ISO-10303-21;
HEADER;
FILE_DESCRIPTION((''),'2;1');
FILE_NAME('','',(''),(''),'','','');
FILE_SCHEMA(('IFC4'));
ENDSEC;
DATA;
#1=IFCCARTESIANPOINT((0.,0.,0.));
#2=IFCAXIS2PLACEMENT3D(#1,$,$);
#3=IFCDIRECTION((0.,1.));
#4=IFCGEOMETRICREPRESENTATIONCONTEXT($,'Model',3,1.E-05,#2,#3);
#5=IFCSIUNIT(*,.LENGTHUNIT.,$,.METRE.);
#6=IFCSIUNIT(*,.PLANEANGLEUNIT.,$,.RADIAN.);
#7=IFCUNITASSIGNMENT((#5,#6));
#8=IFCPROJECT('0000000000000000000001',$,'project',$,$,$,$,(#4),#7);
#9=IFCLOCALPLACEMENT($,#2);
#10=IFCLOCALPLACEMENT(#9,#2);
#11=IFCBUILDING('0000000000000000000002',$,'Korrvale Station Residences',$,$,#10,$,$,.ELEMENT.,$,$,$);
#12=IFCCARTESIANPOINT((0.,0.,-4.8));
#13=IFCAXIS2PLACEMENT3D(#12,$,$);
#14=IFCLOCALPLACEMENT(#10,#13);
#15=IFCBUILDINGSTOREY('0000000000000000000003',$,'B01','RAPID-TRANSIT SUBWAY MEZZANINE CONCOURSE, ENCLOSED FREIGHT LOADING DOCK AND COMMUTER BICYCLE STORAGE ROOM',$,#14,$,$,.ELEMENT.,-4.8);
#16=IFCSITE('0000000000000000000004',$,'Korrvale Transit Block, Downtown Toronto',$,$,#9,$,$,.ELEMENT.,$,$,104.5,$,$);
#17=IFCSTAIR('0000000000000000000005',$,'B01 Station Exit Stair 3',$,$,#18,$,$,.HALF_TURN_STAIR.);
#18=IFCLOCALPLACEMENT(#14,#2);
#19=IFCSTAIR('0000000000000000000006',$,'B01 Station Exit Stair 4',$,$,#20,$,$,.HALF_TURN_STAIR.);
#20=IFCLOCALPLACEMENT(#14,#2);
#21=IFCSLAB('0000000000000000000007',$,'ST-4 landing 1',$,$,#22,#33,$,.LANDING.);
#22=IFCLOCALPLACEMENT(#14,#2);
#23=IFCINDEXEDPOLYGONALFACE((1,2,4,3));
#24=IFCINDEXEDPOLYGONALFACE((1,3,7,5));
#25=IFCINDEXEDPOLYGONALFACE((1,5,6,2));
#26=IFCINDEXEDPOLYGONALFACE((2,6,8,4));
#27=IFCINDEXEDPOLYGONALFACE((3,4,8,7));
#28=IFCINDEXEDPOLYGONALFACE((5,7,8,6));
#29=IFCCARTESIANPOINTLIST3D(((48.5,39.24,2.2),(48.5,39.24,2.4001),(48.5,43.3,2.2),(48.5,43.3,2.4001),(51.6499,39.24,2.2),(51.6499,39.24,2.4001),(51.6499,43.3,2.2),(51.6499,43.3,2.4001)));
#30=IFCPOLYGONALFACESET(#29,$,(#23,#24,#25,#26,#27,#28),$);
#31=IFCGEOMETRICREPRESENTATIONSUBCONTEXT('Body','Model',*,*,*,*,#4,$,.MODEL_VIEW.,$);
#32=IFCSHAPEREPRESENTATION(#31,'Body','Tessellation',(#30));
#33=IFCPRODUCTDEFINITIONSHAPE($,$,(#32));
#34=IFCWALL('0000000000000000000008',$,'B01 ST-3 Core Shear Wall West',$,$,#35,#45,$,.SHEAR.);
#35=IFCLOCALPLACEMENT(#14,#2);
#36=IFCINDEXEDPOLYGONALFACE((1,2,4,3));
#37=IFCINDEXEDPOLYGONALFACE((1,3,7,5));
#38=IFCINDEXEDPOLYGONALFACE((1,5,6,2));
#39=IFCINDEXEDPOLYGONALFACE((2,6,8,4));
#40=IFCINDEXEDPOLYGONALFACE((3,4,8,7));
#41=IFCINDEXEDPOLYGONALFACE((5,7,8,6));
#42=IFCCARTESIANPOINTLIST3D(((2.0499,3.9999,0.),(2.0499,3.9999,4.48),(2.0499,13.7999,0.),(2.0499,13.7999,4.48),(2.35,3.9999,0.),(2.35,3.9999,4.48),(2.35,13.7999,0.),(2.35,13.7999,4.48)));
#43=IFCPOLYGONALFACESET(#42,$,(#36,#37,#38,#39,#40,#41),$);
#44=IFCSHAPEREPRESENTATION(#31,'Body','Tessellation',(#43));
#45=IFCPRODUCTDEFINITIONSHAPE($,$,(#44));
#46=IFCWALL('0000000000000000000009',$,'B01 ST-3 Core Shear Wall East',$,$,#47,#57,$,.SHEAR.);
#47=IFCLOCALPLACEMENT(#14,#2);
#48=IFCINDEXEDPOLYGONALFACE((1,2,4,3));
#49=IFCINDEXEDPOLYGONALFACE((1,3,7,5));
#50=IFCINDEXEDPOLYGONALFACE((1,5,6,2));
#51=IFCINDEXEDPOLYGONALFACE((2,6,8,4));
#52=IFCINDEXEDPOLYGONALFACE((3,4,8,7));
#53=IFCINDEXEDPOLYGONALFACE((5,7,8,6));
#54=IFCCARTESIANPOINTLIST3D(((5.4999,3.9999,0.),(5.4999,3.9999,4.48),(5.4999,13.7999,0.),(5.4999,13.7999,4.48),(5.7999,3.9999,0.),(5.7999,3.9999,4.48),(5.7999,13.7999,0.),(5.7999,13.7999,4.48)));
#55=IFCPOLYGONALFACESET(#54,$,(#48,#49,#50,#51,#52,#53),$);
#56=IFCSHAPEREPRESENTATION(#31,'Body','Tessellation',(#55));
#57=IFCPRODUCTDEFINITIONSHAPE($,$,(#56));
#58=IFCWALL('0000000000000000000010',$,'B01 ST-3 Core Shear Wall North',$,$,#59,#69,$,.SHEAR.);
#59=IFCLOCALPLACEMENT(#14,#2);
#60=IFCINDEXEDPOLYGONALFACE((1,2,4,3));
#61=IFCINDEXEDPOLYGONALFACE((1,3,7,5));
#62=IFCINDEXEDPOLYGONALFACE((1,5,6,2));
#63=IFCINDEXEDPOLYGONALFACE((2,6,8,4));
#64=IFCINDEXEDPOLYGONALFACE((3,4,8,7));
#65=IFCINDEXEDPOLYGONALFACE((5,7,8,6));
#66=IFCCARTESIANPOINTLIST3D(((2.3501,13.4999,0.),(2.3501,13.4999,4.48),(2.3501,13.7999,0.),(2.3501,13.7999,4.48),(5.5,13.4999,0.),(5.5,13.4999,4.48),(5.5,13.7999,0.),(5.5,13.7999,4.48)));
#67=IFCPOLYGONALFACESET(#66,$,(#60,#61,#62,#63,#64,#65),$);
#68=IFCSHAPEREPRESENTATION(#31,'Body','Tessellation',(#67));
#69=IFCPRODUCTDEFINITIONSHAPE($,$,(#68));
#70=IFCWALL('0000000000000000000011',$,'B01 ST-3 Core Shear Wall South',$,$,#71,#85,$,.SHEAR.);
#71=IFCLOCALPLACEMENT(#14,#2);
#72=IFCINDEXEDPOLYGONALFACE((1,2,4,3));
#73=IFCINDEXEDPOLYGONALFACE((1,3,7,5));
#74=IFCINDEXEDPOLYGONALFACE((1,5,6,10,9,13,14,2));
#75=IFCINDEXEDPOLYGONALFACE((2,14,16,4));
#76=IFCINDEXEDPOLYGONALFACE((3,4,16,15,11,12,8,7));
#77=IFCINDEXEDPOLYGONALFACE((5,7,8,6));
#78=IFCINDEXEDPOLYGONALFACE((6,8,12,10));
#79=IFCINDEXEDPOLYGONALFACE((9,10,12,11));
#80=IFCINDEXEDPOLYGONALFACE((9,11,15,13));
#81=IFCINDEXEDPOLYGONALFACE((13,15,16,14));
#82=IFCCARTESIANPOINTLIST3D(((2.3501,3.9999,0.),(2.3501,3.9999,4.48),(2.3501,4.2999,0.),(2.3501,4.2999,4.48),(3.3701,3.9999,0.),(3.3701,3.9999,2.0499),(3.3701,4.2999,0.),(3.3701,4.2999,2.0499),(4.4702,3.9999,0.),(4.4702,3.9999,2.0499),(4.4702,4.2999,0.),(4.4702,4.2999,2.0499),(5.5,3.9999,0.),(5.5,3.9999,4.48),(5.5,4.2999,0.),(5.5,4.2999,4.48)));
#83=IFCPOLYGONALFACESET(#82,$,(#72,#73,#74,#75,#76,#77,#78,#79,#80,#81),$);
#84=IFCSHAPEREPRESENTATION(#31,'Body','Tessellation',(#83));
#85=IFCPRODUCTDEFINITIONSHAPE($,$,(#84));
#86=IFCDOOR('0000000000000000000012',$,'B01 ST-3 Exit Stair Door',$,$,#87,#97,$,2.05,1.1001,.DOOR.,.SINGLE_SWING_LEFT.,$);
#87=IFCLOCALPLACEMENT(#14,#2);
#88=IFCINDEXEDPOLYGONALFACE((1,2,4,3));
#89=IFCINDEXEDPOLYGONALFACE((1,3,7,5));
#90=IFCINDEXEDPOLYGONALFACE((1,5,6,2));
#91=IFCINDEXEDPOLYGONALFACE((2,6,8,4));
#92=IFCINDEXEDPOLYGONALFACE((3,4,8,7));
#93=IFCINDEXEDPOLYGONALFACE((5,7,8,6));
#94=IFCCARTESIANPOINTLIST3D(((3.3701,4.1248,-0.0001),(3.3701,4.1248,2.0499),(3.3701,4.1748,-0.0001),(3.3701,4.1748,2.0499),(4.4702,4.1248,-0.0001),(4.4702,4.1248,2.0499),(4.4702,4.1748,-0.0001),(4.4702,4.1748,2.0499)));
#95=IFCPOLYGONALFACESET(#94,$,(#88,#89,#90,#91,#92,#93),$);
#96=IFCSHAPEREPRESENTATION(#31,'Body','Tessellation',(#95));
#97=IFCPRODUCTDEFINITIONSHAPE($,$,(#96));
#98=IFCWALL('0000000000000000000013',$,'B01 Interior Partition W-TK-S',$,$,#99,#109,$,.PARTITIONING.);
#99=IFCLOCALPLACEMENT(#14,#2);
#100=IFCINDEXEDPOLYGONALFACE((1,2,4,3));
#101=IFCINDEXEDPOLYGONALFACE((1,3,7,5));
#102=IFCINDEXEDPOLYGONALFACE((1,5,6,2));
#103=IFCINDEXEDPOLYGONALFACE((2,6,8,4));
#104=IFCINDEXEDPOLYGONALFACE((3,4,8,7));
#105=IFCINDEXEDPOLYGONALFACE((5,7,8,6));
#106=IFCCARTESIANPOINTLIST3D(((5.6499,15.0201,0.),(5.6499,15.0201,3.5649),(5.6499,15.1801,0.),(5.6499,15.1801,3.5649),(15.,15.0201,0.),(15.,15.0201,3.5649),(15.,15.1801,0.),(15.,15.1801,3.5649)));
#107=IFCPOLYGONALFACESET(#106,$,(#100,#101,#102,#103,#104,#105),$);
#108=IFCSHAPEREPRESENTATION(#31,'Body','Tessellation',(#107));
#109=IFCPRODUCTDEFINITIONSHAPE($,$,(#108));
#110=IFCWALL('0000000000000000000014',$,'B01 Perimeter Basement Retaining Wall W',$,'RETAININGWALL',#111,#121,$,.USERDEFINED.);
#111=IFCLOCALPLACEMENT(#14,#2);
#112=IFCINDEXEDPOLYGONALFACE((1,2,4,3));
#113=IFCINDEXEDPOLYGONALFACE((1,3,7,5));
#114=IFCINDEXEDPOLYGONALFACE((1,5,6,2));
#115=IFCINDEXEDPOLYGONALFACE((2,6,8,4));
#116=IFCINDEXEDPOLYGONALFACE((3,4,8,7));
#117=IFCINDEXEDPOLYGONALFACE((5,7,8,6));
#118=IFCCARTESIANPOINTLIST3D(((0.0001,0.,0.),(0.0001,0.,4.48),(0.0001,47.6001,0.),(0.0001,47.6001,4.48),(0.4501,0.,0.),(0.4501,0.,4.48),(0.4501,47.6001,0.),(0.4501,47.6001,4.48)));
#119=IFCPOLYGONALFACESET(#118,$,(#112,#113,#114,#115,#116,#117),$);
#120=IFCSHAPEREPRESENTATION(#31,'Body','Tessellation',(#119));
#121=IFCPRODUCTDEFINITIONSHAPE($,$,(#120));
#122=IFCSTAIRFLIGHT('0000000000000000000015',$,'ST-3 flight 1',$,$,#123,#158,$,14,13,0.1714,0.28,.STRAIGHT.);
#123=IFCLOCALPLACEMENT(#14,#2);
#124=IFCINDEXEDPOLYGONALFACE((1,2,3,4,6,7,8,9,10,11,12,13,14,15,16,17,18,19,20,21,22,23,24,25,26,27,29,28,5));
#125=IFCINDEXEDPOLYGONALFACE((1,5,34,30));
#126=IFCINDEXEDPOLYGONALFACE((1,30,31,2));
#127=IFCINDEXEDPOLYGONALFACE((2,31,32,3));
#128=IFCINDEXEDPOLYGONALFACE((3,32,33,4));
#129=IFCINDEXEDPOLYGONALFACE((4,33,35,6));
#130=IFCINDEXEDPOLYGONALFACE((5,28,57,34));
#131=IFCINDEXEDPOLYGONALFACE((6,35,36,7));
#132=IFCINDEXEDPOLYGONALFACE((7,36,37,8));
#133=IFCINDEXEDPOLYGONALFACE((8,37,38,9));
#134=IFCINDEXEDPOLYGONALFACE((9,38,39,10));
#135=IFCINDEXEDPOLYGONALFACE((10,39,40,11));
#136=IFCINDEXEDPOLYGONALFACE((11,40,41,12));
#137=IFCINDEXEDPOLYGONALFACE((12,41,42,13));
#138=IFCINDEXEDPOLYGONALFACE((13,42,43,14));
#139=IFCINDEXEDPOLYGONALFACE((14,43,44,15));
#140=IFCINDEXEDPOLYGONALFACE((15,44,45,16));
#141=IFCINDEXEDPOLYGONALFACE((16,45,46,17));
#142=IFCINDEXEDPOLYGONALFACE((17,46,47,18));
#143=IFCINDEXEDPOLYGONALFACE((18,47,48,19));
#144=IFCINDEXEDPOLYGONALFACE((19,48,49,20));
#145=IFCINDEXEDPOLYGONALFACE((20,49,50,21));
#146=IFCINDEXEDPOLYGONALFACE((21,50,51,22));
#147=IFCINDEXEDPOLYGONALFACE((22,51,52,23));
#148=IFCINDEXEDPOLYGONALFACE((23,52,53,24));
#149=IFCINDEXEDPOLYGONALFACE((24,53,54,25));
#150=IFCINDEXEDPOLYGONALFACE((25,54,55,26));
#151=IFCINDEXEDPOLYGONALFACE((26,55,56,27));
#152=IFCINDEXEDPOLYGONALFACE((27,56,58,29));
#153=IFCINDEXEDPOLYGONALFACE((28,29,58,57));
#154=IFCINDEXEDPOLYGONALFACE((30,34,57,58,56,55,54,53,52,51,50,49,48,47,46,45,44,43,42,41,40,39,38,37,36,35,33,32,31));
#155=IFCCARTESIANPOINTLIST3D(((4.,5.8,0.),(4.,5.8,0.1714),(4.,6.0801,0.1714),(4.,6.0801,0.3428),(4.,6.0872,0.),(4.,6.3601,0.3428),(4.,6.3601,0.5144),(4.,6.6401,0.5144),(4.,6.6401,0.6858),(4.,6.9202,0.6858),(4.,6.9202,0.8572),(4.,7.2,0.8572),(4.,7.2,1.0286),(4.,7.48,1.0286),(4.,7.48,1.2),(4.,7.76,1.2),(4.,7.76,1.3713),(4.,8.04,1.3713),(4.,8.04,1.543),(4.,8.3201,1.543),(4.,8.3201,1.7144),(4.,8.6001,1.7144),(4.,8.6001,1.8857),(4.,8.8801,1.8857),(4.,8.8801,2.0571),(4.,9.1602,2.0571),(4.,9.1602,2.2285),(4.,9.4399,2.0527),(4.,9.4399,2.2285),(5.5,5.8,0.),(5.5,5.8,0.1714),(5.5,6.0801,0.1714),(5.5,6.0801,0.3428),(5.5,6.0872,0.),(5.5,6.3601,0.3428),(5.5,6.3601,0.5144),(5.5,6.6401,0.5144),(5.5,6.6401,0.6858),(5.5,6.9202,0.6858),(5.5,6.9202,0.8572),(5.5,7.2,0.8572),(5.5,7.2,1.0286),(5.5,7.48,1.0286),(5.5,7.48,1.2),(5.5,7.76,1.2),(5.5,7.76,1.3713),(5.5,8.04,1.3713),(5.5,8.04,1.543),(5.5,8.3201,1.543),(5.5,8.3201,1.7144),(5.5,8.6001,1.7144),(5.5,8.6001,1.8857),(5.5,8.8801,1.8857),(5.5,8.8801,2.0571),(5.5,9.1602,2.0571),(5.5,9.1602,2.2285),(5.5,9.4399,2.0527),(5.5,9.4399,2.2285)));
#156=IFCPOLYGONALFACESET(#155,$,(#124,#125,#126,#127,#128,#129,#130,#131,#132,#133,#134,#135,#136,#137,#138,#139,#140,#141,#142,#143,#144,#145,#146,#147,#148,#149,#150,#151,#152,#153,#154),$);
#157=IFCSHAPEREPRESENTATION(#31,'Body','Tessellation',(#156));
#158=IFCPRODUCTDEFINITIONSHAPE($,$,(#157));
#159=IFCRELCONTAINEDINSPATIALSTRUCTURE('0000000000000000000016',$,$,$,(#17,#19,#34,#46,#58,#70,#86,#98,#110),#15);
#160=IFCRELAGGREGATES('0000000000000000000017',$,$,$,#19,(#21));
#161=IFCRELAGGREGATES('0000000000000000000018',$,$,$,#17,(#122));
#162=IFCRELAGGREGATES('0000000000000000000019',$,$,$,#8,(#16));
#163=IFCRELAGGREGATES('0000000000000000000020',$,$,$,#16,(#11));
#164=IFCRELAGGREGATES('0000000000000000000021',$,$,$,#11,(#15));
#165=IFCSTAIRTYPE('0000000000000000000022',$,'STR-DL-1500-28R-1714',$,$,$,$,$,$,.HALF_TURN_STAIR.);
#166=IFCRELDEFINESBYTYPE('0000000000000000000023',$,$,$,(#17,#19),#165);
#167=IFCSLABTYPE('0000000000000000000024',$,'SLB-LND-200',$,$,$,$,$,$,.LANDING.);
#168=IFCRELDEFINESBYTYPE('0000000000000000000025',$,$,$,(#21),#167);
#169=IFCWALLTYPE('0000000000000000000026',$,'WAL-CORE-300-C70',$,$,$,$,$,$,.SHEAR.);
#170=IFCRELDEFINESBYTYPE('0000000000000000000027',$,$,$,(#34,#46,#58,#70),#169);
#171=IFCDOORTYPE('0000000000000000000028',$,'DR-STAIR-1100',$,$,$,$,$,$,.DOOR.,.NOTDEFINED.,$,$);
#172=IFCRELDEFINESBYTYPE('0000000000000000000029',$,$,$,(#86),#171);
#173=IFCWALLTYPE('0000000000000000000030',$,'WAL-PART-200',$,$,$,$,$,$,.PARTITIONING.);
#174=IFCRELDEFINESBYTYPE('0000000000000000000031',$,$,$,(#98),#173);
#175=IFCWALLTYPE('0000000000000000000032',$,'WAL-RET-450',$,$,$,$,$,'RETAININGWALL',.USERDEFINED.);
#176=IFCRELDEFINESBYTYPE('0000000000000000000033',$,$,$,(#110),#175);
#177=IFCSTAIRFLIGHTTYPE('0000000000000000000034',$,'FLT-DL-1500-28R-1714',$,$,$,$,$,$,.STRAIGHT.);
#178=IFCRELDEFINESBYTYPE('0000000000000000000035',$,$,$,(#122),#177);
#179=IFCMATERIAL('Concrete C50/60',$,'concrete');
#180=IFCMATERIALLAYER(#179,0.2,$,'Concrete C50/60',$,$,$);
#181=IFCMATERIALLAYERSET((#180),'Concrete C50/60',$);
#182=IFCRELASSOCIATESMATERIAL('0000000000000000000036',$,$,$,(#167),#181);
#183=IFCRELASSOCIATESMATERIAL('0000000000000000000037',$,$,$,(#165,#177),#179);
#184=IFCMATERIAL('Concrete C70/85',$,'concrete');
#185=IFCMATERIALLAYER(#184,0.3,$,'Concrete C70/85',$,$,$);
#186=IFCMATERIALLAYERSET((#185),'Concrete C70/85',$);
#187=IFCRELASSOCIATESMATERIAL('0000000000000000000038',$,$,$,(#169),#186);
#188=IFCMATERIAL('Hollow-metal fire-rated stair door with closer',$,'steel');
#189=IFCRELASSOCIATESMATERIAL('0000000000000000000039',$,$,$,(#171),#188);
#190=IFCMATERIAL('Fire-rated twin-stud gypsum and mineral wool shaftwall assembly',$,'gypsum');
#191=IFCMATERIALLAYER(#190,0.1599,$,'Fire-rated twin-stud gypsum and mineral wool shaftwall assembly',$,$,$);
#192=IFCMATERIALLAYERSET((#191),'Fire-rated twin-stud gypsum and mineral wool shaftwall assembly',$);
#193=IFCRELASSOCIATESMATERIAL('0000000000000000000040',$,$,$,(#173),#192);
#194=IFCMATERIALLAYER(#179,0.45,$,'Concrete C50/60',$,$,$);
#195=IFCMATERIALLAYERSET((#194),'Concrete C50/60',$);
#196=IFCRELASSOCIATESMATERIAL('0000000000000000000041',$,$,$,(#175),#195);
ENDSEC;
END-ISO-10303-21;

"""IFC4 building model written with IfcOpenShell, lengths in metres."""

from ifc_helpers import new_model, si_unit, direction, frame, frame_2d, origin, place, context, subcontext, project, spatial, polyline, rectangle, outline, extrude, material, layer, layer_set, type_object, element, fill, aggregate, save


model = new_model("IFC4")

# Units and contexts
model_context = context("Model", 3, precision=1e-05, world=origin(), true_north=direction((0.0, 1.0)))
body_context = subcontext(model_context, "Body", "Model", "MODEL_VIEW")
ifc_project = project(units=[si_unit("LENGTHUNIT", "METRE"), si_unit("PLANEANGLEUNIT", "RADIAN")], contexts=[model_context])

# Site, building, storey
site_placement = place(None, origin())
site = spatial("IfcSite", under=ifc_project, at=site_placement, Name="Korrvale Transit Block, Downtown Toronto", CompositionType="ELEMENT", RefElevation=104.5)
building_placement = place(site_placement, origin())
building = spatial("IfcBuilding", under=site, at=building_placement, Name="Korrvale Station Residences", CompositionType="ELEMENT")
storey_placement = place(building_placement, frame((0.0, 0.0, -4.8)))
storey = spatial("IfcBuildingStorey", under=building, at=storey_placement, Name="B01", Description="RAPID-TRANSIT SUBWAY MEZZANINE CONCOURSE, ENCLOSED FREIGHT LOADING DOCK AND COMMUTER BICYCLE STORAGE ROOM", CompositionType="ELEMENT", Elevation=-4.8)

# Shared definitions
ifc_material_1 = material(Name="Concrete C70/85", Category="concrete")
ifc_material_2 = material(Name="Concrete C50/60", Category="concrete")

# Stairs, slab
ifc_layer_1 = layer(ifc_material_2, 0.2, Name="Concrete C50/60")
ifc_layer_set_1 = layer_set([ifc_layer_1], Name="Concrete C50/60")
slab_type_1 = type_object("IfcSlabType", Name="SLB-LND-200", PredefinedType="LANDING", material=ifc_layer_set_1)
stair_type_1 = type_object("IfcStairType", Name="STR-DL-1500-28R-1714", PredefinedType="HALF_TURN_STAIR", material=ifc_material_2)
stair_1_placement = place(storey_placement, origin())
stair_1 = element("IfcStair", 1, at=stair_1_placement, inside=storey, type_object=stair_type_1, Name="B01 Station Exit Stair 3", PredefinedType="HALF_TURN_STAIR")
stair_2_placement = place(storey_placement, origin())
stair_2 = element("IfcStair", 2, at=stair_2_placement, inside=storey, type_object=stair_type_1, Name="B01 Station Exit Stair 4", PredefinedType="HALF_TURN_STAIR")
slab_1_placement = place(storey_placement, frame((0.0, 0.0, 2.2)))
slab_1 = element("IfcSlab", 3, at=slab_1_placement, type_object=slab_type_1, Name="ST-4 landing 1", PredefinedType="LANDING", context=body_context, shape_type="SweptSolid", body=[
    extrude(outline(polyline([(51.6499, 39.24), (51.6499, 43.3), (48.5, 43.3), (48.5, 39.24), (51.6499, 39.24)])), origin(), (0.0, 0.0, 1.0), 0.2002),
])
aggregate(stair_2, [slab_1])

# Walls
ifc_layer_2 = layer(ifc_material_1, 0.3, Name="Concrete C70/85")
ifc_layer_set_2 = layer_set([ifc_layer_2], Name="Concrete C70/85")
wall_type_1 = type_object("IfcWallType", Name="WAL-CORE-300-C70", PredefinedType="SHEAR", material=ifc_layer_set_2)
for number, where, z_axis, x_axis, name in (
    (4, (2.2, 4.0, 0.0), (0.0, 0.0, 1.0), (0.0, 1.0, 0.0), "B01 ST-3 Core Shear Wall West"),
    (5, (5.6499, 4.0, 0.0), (0.0, 0.0, 1.0), (0.0, 1.0, 0.0), "B01 ST-3 Core Shear Wall East"),
):
    element("IfcWall", number, at=place(storey_placement, frame(where, z_axis=z_axis, x_axis=x_axis)), inside=storey, type_object=wall_type_1, Name=name, PredefinedType="SHEAR", context=body_context, shape_type="SweptSolid", body=[
        extrude(rectangle(XDim=9.8, YDim=0.3, at=frame_2d((4.8999, 0.0))), origin(), (0.0, 0.0, 1.0), 4.48),
    ])
wall_1_placement = place(storey_placement, frame((2.3501, 13.6499, 0.0), z_axis=(0.0, 0.0, 1.0), x_axis=(1.0, 0.0, 0.0)))
element("IfcWall", 6, at=wall_1_placement, inside=storey, type_object=wall_type_1, Name="B01 ST-3 Core Shear Wall North", PredefinedType="SHEAR", context=body_context, shape_type="SweptSolid", body=[
    extrude(rectangle(XDim=3.1499, YDim=0.3, at=frame_2d((1.575, 0.0))), origin(), (0.0, 0.0, 1.0), 4.48),
])

# Wall, opening, door
wall_2_placement = place(storey_placement, frame((2.3501, 4.1499, 0.0), z_axis=(0.0, 0.0, 1.0), x_axis=(1.0, 0.0, 0.0)))
wall_2 = element("IfcWall", 7, at=wall_2_placement, inside=storey, type_object=wall_type_1, Name="B01 ST-3 Core Shear Wall South", PredefinedType="SHEAR", context=body_context, shape_type="SweptSolid", body=[
    extrude(rectangle(XDim=3.1499, YDim=0.3, at=frame_2d((1.575, 0.0))), origin(), (0.0, 0.0, 1.0), 4.48),
])
opening_placement = place(wall_2_placement, frame((1.02, 0.0, 0.0)))
opening = element("IfcOpeningElement", 8, at=opening_placement, cuts=wall_2, PredefinedType="OPENING", context=body_context, shape_type="SweptSolid", body=[
    extrude(rectangle(XDim=1.1001, YDim=2.05, at=frame_2d((0.55, 1.0249))), frame((0.0, 0.1602, 0.0), z_axis=(0.0, -1.0, 0.0), x_axis=(1.0, 0.0, 0.0)), (0.0, 0.0, 1.0), 0.3201),
])
ifc_material_3 = material(Name="Hollow-metal fire-rated stair door with closer", Category="steel")
door_type = type_object("IfcDoorType", Name="DR-STAIR-1100", OperationType="NOTDEFINED", PredefinedType="DOOR", material=ifc_material_3)
door_placement = place(opening_placement, origin())
door = element("IfcDoor", 9, at=door_placement, inside=storey, type_object=door_type, Name="B01 ST-3 Exit Stair Door", OperationType="SINGLE_SWING_LEFT", OverallHeight=2.05, OverallWidth=1.1001, PredefinedType="DOOR", context=body_context, shape_type="SweptSolid", body=[
    extrude(rectangle(XDim=1.1001, YDim=2.05, at=frame_2d((0.55, 1.0249))), frame((0.0, 0.0249, 0.0), z_axis=(0.0, -1.0, 0.0), x_axis=(1.0, 0.0, 0.0)), (0.0, 0.0, 1.0), 0.05),
])
fill(opening, door)

# Walls
ifc_material_4 = material(Name="Fire-rated twin-stud gypsum and mineral wool shaftwall assembly", Category="gypsum")
ifc_layer_3 = layer(ifc_material_4, 0.1599, Name="Fire-rated twin-stud gypsum and mineral wool shaftwall assembly")
ifc_layer_set_3 = layer_set([ifc_layer_3], Name="Fire-rated twin-stud gypsum and mineral wool shaftwall assembly")
wall_type_2 = type_object("IfcWallType", Name="WAL-PART-200", PredefinedType="PARTITIONING", material=ifc_layer_set_3)
wall_3_placement = place(storey_placement, frame((5.6499, 15.1001, 0.0), z_axis=(0.0, 0.0, 1.0), x_axis=(1.0, 0.0, 0.0)))
element("IfcWall", 10, at=wall_3_placement, inside=storey, type_object=wall_type_2, Name="B01 Interior Partition W-TK-S", PredefinedType="PARTITIONING", context=body_context, shape_type="SweptSolid", body=[
    extrude(rectangle(XDim=9.3501, YDim=0.1599, at=frame_2d((4.675, 0.0))), origin(), (0.0, 0.0, 1.0), 3.5649),
])
ifc_layer_4 = layer(ifc_material_2, 0.45, Name="Concrete C50/60")
ifc_layer_set_4 = layer_set([ifc_layer_4], Name="Concrete C50/60")
wall_type_3 = type_object("IfcWallType", Name="WAL-RET-450", ElementType="RETAININGWALL", PredefinedType="USERDEFINED", material=ifc_layer_set_4)
wall_4_placement = place(storey_placement, frame((0.2251, 0.0, 0.0), z_axis=(0.0, 0.0, 1.0), x_axis=(0.0, 1.0, 0.0)))
element("IfcWall", 11, at=wall_4_placement, inside=storey, type_object=wall_type_3, Name="B01 Perimeter Basement Retaining Wall W", ObjectType="RETAININGWALL", PredefinedType="USERDEFINED", context=body_context, shape_type="SweptSolid", body=[
    extrude(rectangle(XDim=47.6001, YDim=0.45, at=frame_2d((23.8, 0.0))), origin(), (0.0, 0.0, 1.0), 4.48),
])

# Stair flight
stair_flight_type = type_object("IfcStairFlightType", Name="FLT-DL-1500-28R-1714", PredefinedType="STRAIGHT", material=ifc_material_2)
stair_flight_1_placement = place(storey_placement, frame((4.75, 5.8, 0.0), z_axis=(0.0, 0.0, 1.0), x_axis=(0.0, 1.0, 0.0)))
stair_flight_1 = element("IfcStairFlight", 12, at=stair_flight_1_placement, type_object=stair_flight_type, Name="ST-3 flight 1", NumberOfRisers=14, NumberOfTreads=13, PredefinedType="STRAIGHT", RiserHeight=0.1714, TreadLength=0.28, context=body_context, shape_type="SweptSolid", body=[
    extrude(outline(polyline([(0.0, 0.0), (0.0, 0.1714), (0.28, 0.1714), (0.28, 0.3428), (0.5601, 0.3428), (0.5601, 0.5144), (0.8401, 0.5144), (0.8401, 0.6858), (1.1201, 0.6858), (1.1201, 0.8572), (1.3999, 0.8572), (1.3999, 1.0286), (1.6799, 1.0286), (1.6799, 1.2), (1.96, 1.2), (1.96, 1.3713), (2.24, 1.3713), (2.24, 1.543), (2.52, 1.543), (2.52, 1.7144), (2.8, 1.7144), (2.8, 1.8857), (3.0801, 1.8857), (3.0801, 2.0571), (3.3601, 2.0571), (3.3601, 2.2285), (3.6399, 2.2285), (3.6399, 2.3999), (3.6399, 2.0527), (0.2871, 0.0), (0.0, 0.0)])), frame((0.0, 0.75, 0.0), z_axis=(0.0, -1.0, 0.0), x_axis=(1.0, 0.0, 0.0)), (0.0, 0.0, 1.0), 1.5),
])
aggregate(stair_1, [stair_flight_1])

save(model, "model.ifc")
